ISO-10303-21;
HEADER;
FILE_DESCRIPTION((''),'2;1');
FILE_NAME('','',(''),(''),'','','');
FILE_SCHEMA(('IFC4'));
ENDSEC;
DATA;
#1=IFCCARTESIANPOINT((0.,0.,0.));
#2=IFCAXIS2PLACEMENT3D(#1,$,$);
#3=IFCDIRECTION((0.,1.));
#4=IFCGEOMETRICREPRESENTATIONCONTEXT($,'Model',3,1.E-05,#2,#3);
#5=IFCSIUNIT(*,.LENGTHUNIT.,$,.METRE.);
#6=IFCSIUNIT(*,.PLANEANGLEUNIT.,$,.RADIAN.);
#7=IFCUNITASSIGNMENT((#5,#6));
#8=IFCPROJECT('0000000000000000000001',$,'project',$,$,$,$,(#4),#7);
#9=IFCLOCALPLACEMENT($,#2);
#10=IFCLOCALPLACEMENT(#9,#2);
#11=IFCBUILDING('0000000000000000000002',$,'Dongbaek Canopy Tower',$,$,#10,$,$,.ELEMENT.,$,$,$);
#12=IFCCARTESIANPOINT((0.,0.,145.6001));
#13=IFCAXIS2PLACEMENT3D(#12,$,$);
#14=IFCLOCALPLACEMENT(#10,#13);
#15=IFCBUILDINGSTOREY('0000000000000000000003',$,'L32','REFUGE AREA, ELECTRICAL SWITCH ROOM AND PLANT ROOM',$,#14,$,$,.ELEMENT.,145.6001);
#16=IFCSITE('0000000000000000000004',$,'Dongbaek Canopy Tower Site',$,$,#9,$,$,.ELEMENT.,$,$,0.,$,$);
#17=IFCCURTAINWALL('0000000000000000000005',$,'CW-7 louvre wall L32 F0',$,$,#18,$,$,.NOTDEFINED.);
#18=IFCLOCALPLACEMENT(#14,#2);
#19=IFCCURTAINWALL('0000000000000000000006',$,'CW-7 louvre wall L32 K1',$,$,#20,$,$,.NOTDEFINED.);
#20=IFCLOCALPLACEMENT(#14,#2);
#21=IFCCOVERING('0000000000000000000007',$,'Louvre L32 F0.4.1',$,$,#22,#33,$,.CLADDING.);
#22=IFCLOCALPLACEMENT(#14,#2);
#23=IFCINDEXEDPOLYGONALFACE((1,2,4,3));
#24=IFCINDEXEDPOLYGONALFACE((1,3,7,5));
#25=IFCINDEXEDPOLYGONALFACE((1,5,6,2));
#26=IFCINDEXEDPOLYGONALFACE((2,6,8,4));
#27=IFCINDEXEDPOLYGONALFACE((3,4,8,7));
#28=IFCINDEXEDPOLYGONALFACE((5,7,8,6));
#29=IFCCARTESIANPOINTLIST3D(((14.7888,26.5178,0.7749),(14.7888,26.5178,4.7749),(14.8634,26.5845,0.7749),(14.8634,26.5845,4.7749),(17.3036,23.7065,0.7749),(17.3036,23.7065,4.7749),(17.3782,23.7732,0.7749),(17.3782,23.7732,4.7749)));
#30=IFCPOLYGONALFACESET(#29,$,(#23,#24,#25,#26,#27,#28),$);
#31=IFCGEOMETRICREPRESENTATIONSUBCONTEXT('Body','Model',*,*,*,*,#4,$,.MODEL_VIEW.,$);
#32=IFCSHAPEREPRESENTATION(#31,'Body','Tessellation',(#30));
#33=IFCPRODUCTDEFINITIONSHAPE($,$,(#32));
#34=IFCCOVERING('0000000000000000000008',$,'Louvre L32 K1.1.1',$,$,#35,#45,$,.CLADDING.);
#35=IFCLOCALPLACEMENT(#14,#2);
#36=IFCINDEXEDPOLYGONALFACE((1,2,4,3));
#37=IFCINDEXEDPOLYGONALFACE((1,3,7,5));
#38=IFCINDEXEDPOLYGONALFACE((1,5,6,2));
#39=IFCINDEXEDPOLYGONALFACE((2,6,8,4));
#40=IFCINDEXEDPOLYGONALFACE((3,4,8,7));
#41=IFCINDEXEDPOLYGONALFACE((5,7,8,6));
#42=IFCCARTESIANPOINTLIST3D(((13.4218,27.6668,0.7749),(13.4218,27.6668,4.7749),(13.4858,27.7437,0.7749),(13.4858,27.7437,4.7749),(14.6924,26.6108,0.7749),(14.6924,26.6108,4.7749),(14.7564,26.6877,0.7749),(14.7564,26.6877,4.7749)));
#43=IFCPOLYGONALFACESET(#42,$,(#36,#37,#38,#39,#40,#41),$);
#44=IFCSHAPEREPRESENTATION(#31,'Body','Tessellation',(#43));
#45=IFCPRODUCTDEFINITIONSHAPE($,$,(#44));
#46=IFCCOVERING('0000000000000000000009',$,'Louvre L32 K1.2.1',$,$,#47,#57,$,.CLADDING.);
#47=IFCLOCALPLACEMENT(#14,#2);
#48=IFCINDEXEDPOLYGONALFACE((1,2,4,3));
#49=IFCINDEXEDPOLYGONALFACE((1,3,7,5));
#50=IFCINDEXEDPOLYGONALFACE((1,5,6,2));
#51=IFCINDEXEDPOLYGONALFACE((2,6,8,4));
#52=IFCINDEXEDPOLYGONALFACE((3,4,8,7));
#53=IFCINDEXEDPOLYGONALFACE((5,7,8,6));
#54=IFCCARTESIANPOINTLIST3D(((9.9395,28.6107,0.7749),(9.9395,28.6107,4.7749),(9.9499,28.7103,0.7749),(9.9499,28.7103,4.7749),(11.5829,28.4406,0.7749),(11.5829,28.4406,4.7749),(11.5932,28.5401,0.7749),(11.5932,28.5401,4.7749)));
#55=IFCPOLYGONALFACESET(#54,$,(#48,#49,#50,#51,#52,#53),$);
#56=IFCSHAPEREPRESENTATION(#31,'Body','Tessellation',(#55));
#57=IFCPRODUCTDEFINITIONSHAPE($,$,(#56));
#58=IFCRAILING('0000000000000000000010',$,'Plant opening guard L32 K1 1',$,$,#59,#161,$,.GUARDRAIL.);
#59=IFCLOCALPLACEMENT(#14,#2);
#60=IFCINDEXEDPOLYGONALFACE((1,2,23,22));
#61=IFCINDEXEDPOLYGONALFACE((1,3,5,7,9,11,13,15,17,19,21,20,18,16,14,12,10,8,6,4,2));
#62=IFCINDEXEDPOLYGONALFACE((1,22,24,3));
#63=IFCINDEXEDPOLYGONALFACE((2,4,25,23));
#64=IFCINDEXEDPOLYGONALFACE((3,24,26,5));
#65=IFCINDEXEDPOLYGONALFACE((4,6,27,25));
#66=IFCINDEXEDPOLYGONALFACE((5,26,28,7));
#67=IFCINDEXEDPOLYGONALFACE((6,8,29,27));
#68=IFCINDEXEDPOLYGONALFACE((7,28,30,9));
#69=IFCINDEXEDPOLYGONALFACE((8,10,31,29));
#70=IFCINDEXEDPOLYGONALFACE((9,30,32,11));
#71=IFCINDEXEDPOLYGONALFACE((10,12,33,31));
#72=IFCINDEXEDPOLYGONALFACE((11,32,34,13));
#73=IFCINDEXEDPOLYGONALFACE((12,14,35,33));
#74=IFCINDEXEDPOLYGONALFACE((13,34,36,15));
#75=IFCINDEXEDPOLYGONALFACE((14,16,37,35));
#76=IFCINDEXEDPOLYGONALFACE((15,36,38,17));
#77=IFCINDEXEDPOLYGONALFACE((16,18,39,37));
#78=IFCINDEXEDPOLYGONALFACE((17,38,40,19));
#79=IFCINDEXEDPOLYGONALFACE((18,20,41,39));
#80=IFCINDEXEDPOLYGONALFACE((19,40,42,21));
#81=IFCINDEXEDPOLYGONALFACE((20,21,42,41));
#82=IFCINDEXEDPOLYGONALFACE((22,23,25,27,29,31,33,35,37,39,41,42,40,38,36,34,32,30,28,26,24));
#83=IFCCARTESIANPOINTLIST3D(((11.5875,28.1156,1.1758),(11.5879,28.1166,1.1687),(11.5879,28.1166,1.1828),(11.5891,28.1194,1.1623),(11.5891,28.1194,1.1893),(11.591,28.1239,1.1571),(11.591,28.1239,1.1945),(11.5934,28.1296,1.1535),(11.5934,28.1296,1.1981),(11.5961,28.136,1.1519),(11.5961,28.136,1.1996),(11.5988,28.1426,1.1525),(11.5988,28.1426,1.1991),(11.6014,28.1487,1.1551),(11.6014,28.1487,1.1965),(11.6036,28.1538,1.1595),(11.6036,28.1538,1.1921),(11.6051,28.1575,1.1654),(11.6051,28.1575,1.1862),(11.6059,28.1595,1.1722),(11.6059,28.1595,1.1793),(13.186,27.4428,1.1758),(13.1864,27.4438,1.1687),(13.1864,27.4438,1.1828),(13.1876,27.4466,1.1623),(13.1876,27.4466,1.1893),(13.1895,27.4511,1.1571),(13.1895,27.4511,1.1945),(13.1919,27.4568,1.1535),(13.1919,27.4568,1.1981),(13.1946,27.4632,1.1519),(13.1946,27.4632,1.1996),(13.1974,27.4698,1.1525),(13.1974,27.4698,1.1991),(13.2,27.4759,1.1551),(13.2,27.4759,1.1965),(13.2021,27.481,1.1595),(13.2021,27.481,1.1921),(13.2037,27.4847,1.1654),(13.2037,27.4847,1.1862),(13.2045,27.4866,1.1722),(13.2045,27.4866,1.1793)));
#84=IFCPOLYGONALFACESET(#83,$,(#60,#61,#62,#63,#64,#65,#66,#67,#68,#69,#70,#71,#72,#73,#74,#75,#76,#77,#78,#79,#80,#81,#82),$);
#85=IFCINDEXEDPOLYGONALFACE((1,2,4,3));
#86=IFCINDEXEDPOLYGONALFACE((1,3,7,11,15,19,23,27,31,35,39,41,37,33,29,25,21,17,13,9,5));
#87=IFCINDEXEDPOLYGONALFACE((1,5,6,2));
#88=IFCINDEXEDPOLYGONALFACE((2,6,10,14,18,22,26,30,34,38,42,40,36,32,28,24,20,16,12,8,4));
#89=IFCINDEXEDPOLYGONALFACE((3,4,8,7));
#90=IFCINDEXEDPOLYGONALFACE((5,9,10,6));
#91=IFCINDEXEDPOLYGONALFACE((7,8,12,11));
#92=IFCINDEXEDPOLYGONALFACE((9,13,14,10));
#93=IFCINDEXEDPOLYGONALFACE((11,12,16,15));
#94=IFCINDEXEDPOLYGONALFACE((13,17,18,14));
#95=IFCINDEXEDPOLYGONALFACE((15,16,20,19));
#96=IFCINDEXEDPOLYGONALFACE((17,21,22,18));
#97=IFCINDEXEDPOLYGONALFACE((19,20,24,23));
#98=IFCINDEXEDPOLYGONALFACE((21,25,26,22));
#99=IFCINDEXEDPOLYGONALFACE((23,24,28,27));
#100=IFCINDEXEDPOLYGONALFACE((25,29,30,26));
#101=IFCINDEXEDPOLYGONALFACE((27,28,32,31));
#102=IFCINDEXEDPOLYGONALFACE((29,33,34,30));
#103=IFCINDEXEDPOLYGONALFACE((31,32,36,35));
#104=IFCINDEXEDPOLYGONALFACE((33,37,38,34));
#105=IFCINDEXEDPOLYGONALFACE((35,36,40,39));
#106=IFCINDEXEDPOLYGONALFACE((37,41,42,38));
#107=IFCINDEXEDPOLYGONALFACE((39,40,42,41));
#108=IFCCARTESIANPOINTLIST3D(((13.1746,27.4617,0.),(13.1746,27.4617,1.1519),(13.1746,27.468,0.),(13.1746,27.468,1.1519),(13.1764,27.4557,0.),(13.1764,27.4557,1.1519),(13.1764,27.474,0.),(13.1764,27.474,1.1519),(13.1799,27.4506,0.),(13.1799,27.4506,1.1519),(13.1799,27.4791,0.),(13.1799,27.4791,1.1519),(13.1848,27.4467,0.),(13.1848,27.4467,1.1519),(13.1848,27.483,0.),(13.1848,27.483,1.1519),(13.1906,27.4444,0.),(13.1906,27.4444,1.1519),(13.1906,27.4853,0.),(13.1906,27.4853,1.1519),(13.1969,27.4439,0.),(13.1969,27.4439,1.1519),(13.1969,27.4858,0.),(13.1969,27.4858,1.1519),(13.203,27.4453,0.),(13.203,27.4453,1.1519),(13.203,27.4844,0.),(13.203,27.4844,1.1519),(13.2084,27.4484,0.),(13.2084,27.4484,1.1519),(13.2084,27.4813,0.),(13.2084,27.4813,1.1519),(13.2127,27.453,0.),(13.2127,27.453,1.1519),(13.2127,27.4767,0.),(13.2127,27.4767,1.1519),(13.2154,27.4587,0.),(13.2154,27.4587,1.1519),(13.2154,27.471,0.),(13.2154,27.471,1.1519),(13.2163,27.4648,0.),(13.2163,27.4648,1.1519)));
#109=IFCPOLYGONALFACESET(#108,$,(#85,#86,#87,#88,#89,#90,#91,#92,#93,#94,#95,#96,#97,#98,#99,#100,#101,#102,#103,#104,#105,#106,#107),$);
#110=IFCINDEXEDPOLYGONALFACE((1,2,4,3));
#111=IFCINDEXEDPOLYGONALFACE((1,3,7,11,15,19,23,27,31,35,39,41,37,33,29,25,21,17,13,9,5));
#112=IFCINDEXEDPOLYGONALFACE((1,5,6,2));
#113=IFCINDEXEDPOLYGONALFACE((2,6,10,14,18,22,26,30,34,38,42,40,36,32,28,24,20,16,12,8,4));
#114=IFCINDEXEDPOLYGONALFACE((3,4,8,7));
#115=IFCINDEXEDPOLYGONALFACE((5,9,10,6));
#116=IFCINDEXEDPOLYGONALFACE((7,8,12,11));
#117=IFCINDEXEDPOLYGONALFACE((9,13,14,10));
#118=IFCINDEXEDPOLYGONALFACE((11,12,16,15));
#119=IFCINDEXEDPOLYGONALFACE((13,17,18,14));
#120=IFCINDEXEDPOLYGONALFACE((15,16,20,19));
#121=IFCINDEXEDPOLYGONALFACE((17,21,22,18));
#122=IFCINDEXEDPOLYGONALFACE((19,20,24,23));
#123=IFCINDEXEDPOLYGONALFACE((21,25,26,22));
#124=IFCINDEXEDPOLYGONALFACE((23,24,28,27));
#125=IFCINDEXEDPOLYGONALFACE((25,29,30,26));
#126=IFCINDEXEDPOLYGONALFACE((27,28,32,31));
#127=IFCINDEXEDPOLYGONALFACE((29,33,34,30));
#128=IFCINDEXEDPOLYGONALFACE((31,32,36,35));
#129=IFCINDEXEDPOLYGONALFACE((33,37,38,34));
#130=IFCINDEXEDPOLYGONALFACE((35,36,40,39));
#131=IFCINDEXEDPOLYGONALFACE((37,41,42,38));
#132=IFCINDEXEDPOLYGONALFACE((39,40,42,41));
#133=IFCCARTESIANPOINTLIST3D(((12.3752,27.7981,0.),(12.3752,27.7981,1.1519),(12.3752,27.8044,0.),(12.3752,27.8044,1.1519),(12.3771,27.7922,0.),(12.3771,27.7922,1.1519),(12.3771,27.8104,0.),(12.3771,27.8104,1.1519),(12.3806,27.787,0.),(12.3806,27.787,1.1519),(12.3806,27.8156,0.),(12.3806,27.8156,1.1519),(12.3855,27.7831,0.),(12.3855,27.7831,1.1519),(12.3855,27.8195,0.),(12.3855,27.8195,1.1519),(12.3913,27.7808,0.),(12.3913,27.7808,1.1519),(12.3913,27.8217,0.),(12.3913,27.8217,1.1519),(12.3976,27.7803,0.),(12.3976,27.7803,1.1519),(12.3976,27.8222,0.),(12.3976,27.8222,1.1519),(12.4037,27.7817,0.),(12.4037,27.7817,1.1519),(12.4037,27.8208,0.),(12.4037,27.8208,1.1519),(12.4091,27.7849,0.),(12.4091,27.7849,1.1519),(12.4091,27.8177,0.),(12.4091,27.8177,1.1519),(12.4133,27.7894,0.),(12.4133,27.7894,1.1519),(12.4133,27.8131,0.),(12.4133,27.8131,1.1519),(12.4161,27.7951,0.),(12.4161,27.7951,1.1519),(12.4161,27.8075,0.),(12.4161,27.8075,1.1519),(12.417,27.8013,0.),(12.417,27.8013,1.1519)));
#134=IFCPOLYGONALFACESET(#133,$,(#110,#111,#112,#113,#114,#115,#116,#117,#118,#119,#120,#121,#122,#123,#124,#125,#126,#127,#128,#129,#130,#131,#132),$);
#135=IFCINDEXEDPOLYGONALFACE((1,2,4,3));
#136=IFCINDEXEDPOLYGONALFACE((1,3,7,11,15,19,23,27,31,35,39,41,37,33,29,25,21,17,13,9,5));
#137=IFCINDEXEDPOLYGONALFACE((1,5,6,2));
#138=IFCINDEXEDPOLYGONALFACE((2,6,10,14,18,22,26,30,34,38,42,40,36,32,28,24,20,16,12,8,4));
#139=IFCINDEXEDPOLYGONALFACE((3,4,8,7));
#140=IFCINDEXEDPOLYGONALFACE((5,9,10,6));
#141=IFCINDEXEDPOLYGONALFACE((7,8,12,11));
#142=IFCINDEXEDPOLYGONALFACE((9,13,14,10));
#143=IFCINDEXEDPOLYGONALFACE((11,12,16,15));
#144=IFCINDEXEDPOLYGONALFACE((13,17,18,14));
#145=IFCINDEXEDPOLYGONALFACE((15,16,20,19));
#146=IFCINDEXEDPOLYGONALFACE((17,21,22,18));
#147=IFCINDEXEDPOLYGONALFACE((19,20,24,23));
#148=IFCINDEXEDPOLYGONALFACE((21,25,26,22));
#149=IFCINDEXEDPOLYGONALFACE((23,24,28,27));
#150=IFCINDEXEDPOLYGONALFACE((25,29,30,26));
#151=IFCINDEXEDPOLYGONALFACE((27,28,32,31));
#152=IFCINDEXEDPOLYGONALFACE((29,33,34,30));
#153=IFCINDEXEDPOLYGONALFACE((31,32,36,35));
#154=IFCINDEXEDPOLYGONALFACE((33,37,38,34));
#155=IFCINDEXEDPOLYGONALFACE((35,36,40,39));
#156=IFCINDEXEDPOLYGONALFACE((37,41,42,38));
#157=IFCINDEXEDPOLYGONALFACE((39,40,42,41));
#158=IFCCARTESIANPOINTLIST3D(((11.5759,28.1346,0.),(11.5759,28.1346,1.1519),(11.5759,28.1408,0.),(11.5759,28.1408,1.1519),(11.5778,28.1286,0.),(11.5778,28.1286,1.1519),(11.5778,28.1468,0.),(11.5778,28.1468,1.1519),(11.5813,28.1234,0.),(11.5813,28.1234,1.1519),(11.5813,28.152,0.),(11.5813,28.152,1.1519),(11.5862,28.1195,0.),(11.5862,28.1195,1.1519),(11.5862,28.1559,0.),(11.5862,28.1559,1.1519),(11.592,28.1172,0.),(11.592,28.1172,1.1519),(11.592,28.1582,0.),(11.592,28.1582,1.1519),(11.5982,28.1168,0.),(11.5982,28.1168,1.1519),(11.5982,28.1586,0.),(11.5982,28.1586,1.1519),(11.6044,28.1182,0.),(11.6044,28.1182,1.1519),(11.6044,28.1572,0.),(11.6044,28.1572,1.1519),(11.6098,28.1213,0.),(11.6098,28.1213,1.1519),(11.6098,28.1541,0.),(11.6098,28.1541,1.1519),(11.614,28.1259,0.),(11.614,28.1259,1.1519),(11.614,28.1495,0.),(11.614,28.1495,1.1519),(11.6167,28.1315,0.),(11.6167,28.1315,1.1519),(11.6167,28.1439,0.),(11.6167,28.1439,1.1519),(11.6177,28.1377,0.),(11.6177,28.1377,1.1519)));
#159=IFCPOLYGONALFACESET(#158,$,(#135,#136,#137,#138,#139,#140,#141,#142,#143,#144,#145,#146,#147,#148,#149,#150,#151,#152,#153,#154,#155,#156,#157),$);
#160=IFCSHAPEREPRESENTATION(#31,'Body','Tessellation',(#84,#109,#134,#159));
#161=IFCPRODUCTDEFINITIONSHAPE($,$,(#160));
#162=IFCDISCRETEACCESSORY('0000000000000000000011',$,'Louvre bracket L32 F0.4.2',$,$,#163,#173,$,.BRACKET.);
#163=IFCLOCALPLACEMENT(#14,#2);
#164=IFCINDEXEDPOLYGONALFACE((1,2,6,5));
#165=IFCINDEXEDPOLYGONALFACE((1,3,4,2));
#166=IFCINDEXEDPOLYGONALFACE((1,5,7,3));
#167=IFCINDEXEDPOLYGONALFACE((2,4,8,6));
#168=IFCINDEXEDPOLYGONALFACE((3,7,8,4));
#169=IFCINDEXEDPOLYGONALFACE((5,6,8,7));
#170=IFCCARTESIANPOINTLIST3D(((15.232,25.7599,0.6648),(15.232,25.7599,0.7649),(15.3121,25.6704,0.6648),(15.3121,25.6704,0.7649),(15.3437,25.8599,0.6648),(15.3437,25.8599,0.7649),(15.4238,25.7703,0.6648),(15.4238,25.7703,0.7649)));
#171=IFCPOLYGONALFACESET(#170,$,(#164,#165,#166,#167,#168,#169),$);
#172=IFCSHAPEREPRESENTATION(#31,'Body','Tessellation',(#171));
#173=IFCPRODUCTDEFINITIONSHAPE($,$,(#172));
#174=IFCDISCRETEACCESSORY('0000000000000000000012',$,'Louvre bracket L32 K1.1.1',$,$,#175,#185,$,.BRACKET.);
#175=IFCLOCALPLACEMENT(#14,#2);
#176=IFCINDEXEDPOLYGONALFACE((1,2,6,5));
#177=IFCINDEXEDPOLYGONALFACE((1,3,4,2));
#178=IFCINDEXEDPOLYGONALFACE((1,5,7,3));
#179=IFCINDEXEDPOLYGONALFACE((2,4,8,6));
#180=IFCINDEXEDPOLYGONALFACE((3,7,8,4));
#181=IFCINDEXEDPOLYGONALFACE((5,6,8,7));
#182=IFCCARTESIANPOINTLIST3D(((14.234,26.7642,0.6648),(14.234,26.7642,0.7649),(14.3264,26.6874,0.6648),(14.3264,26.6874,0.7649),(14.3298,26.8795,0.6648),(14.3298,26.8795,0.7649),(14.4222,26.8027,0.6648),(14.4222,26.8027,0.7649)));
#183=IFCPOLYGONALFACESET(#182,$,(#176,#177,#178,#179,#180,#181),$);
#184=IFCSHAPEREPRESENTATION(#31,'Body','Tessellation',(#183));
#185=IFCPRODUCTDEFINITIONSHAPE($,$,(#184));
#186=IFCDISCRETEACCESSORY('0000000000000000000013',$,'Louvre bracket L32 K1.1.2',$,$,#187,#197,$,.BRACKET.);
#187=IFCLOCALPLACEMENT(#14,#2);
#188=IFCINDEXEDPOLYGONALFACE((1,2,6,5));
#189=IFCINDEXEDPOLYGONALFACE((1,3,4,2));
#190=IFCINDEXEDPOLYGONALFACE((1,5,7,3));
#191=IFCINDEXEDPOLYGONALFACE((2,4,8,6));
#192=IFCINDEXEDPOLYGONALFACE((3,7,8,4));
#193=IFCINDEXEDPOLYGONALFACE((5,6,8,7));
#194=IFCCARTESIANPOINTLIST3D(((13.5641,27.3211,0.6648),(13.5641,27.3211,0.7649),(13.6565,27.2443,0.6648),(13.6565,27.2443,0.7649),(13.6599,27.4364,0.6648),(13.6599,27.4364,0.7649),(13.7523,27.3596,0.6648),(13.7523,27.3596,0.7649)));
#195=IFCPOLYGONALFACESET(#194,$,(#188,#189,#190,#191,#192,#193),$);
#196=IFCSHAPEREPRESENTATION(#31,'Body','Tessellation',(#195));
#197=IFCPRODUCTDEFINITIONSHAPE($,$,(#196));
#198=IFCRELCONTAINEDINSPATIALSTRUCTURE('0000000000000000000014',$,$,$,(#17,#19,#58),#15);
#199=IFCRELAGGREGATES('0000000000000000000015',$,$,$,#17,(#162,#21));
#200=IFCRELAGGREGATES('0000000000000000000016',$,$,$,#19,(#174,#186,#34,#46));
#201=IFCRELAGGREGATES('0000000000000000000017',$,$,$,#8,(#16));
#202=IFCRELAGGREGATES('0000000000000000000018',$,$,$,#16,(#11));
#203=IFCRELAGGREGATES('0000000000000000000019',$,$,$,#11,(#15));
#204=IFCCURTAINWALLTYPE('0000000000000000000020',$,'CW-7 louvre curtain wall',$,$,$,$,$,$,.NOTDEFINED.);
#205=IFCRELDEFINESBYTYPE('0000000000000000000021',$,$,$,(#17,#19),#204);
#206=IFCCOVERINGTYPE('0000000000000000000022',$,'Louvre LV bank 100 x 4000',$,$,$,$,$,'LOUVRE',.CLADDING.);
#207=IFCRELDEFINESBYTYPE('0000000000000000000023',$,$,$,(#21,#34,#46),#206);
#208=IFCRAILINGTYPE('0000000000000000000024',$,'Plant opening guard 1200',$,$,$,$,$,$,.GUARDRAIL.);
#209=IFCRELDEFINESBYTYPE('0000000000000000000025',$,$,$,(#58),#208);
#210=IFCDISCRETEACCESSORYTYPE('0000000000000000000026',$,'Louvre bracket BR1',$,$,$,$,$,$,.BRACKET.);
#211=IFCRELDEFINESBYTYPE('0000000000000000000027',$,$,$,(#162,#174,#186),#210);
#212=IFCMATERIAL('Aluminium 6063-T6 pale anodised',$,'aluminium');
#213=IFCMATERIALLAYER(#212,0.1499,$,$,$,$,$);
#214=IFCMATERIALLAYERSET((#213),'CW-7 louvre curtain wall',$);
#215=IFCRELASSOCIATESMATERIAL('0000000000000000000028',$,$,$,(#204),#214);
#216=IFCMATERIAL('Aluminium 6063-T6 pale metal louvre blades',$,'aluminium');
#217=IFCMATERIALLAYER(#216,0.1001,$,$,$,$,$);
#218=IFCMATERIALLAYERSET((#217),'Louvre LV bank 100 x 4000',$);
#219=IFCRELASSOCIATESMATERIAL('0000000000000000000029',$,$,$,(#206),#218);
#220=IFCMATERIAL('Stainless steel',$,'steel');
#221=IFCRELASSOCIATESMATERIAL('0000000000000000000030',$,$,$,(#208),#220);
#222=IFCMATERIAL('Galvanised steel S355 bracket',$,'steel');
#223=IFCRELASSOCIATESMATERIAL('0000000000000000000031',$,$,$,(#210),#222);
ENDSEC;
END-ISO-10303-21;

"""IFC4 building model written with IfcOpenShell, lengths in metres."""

from ifc_helpers import new_model, si_unit, direction, frame, origin, origin_2d, place, context, subcontext, project, spatial, rectangle, circle, extrude, material, layer, layer_set, type_object, element, aggregate, save


model = new_model("IFC4")

# Units and contexts
model_context = context("Model", 3, precision=1e-05, world=origin(), true_north=direction((0.0, 1.0)))
body_context = subcontext(model_context, "Body", "Model", "MODEL_VIEW")
ifc_project = project(units=[si_unit("LENGTHUNIT", "METRE"), si_unit("PLANEANGLEUNIT", "RADIAN")], contexts=[model_context])

# Site, building, storey
site_placement = place(None, origin())
site = spatial("IfcSite", under=ifc_project, at=site_placement, Name="Dongbaek Canopy Tower Site", CompositionType="ELEMENT", RefElevation=0.0)
building_placement = place(site_placement, origin())
building = spatial("IfcBuilding", under=site, at=building_placement, Name="Dongbaek Canopy Tower", CompositionType="ELEMENT")
storey_placement = place(building_placement, frame((0.0, 0.0, 145.6001)))
storey = spatial("IfcBuildingStorey", under=building, at=storey_placement, Name="L32", Description="REFUGE AREA, ELECTRICAL SWITCH ROOM AND PLANT ROOM", CompositionType="ELEMENT", Elevation=145.6001)

# Curtain wall
ifc_material_1 = material(Name="Aluminium 6063-T6 pale anodised", Category="aluminium")
ifc_layer_1 = layer(ifc_material_1, 0.1499)
ifc_layer_set_1 = layer_set([ifc_layer_1], Name="CW-7 louvre curtain wall")
curtain_wall_type = type_object("IfcCurtainWallType", Name="CW-7 louvre curtain wall", PredefinedType="NOTDEFINED", material=ifc_layer_set_1)
curtain_wall_1_placement = place(storey_placement, origin())
curtain_wall_1 = element("IfcCurtainWall", 1, at=curtain_wall_1_placement, inside=storey, type_object=curtain_wall_type, Name="CW-7 louvre wall L32 F0", PredefinedType="NOTDEFINED")

# Curtain wall
curtain_wall_2_placement = place(storey_placement, origin())
curtain_wall_2 = element("IfcCurtainWall", 2, at=curtain_wall_2_placement, inside=storey, type_object=curtain_wall_type, Name="CW-7 louvre wall L32 K1", PredefinedType="NOTDEFINED")

# Coverings
ifc_material_2 = material(Name="Aluminium 6063-T6 pale metal louvre blades", Category="aluminium")
ifc_layer_2 = layer(ifc_material_2, 0.1001)
ifc_layer_set_2 = layer_set([ifc_layer_2], Name="Louvre LV bank 100 x 4000")
covering_type = type_object("IfcCoveringType", Name="Louvre LV bank 100 x 4000", ElementType="LOUVRE", PredefinedType="CLADDING", material=ifc_layer_set_2)
covering_1_placement = place(storey_placement, frame((16.0835, 25.1455, 0.7749), z_axis=(0.0, 0.0, 1.0), x_axis=(-0.666716, 0.745312, 0.0)))
covering_1 = element("IfcCovering", 3, at=covering_1_placement, type_object=covering_type, Name="Louvre L32 F0.4.1", PredefinedType="CLADDING", context=body_context, shape_type="SweptSolid", body=[
    extrude(rectangle(XDim=3.772, YDim=0.1001, at=origin_2d()), origin(), (0.0, 0.0, 1.0), 4.0),
])
covering_2_placement = place(storey_placement, frame((14.0891, 27.1772, 0.7749), z_axis=(0.0, 0.0, 1.0), x_axis=(-0.769052, 0.639186, 0.0)))
covering_2 = element("IfcCovering", 4, at=covering_2_placement, type_object=covering_type, Name="Louvre L32 K1.1.1", PredefinedType="CLADDING", context=body_context, shape_type="SweptSolid", body=[
    extrude(rectangle(XDim=1.6521, YDim=0.1001, at=origin_2d()), origin(), (0.0, 0.0, 1.0), 4.0),
])
covering_3_placement = place(storey_placement, frame((10.7664, 28.5754, 0.7749), z_axis=(0.0, 0.0, 1.0), x_axis=(-0.994681, 0.103005, 0.0)))
covering_3 = element("IfcCovering", 5, at=covering_3_placement, type_object=covering_type, Name="Louvre L32 K1.2.1", PredefinedType="CLADDING", context=body_context, shape_type="SweptSolid", body=[
    extrude(rectangle(XDim=1.6521, YDim=0.1001, at=origin_2d()), origin(), (0.0, 0.0, 1.0), 4.0),
])

# Railing
ifc_material_3 = material(Name="Stainless steel", Category="steel")
railing_type = type_object("IfcRailingType", Name="Plant opening guard 1200", PredefinedType="GUARDRAIL", material=ifc_material_3)
railing_placement = place(storey_placement, frame((13.1953, 27.4648, 0.0)))
element("IfcRailing", 6, at=railing_placement, inside=storey, type_object=railing_type, Name="Plant opening guard L32 K1 1", PredefinedType="GUARDRAIL", context=body_context, shape_type="SweptSolid", body=[
    extrude(circle(Radius=0.0239, at=origin_2d()), frame((0.0, 0.0, 1.1758), z_axis=(-0.921688, 0.387931, 0.0), x_axis=(-0.387931, -0.921688, 0.0)), (0.0, 0.0, 1.0), 1.7344),
    extrude(circle(Radius=0.021, at=origin_2d()), origin(), (0.0, 0.0, 1.0), 1.1519),
    extrude(circle(Radius=0.021, at=origin_2d()), frame((-0.7993, 0.3364, 0.0)), (0.0, 0.0, 1.0), 1.1519),
    extrude(circle(Radius=0.021, at=origin_2d()), frame((-1.5986, 0.6729, 0.0)), (0.0, 0.0, 1.0), 1.1519),
])

# Discrete accessories
ifc_material_4 = material(Name="Galvanised steel S355 bracket", Category="steel")
discrete_accessory_type = type_object("IfcDiscreteAccessoryType", Name="Louvre bracket BR1", PredefinedType="BRACKET", material=ifc_material_4)
discrete_accessory_1_placement = place(storey_placement, frame((15.3279, 25.7651, 0.6648), z_axis=(0.0, 0.0, 1.0), x_axis=(-0.666716, 0.745312, 0.0)))
discrete_accessory_1 = element("IfcDiscreteAccessory", 7, at=discrete_accessory_1_placement, type_object=discrete_accessory_type, Name="Louvre bracket L32 F0.4.2", PredefinedType="BRACKET", context=body_context, shape_type="SweptSolid", body=[
    extrude(rectangle(XDim=0.1201, YDim=0.1499, at=origin_2d()), origin(), (0.0, 0.0, 1.0), 0.1001),
])
aggregate(curtain_wall_1, [discrete_accessory_1, covering_1])
discrete_accessory_2_placement = place(storey_placement, frame((14.3281, 26.7834, 0.6648), z_axis=(0.0, 0.0, 1.0), x_axis=(-0.769052, 0.639186, 0.0)))
discrete_accessory_2 = element("IfcDiscreteAccessory", 8, at=discrete_accessory_2_placement, type_object=discrete_accessory_type, Name="Louvre bracket L32 K1.1.1", PredefinedType="BRACKET", context=body_context, shape_type="SweptSolid", body=[
    extrude(rectangle(XDim=0.1201, YDim=0.1499, at=origin_2d()), origin(), (0.0, 0.0, 1.0), 0.1001),
])
discrete_accessory_3_placement = place(storey_placement, frame((13.6582, 27.3403, 0.6648), z_axis=(0.0, 0.0, 1.0), x_axis=(-0.769052, 0.639186, 0.0)))
discrete_accessory_3 = element("IfcDiscreteAccessory", 9, at=discrete_accessory_3_placement, type_object=discrete_accessory_type, Name="Louvre bracket L32 K1.1.2", PredefinedType="BRACKET", context=body_context, shape_type="SweptSolid", body=[
    extrude(rectangle(XDim=0.1201, YDim=0.1499, at=origin_2d()), origin(), (0.0, 0.0, 1.0), 0.1001),
])
aggregate(curtain_wall_2, [discrete_accessory_2, discrete_accessory_3, covering_2, covering_3])

save(model, "model.ifc")
